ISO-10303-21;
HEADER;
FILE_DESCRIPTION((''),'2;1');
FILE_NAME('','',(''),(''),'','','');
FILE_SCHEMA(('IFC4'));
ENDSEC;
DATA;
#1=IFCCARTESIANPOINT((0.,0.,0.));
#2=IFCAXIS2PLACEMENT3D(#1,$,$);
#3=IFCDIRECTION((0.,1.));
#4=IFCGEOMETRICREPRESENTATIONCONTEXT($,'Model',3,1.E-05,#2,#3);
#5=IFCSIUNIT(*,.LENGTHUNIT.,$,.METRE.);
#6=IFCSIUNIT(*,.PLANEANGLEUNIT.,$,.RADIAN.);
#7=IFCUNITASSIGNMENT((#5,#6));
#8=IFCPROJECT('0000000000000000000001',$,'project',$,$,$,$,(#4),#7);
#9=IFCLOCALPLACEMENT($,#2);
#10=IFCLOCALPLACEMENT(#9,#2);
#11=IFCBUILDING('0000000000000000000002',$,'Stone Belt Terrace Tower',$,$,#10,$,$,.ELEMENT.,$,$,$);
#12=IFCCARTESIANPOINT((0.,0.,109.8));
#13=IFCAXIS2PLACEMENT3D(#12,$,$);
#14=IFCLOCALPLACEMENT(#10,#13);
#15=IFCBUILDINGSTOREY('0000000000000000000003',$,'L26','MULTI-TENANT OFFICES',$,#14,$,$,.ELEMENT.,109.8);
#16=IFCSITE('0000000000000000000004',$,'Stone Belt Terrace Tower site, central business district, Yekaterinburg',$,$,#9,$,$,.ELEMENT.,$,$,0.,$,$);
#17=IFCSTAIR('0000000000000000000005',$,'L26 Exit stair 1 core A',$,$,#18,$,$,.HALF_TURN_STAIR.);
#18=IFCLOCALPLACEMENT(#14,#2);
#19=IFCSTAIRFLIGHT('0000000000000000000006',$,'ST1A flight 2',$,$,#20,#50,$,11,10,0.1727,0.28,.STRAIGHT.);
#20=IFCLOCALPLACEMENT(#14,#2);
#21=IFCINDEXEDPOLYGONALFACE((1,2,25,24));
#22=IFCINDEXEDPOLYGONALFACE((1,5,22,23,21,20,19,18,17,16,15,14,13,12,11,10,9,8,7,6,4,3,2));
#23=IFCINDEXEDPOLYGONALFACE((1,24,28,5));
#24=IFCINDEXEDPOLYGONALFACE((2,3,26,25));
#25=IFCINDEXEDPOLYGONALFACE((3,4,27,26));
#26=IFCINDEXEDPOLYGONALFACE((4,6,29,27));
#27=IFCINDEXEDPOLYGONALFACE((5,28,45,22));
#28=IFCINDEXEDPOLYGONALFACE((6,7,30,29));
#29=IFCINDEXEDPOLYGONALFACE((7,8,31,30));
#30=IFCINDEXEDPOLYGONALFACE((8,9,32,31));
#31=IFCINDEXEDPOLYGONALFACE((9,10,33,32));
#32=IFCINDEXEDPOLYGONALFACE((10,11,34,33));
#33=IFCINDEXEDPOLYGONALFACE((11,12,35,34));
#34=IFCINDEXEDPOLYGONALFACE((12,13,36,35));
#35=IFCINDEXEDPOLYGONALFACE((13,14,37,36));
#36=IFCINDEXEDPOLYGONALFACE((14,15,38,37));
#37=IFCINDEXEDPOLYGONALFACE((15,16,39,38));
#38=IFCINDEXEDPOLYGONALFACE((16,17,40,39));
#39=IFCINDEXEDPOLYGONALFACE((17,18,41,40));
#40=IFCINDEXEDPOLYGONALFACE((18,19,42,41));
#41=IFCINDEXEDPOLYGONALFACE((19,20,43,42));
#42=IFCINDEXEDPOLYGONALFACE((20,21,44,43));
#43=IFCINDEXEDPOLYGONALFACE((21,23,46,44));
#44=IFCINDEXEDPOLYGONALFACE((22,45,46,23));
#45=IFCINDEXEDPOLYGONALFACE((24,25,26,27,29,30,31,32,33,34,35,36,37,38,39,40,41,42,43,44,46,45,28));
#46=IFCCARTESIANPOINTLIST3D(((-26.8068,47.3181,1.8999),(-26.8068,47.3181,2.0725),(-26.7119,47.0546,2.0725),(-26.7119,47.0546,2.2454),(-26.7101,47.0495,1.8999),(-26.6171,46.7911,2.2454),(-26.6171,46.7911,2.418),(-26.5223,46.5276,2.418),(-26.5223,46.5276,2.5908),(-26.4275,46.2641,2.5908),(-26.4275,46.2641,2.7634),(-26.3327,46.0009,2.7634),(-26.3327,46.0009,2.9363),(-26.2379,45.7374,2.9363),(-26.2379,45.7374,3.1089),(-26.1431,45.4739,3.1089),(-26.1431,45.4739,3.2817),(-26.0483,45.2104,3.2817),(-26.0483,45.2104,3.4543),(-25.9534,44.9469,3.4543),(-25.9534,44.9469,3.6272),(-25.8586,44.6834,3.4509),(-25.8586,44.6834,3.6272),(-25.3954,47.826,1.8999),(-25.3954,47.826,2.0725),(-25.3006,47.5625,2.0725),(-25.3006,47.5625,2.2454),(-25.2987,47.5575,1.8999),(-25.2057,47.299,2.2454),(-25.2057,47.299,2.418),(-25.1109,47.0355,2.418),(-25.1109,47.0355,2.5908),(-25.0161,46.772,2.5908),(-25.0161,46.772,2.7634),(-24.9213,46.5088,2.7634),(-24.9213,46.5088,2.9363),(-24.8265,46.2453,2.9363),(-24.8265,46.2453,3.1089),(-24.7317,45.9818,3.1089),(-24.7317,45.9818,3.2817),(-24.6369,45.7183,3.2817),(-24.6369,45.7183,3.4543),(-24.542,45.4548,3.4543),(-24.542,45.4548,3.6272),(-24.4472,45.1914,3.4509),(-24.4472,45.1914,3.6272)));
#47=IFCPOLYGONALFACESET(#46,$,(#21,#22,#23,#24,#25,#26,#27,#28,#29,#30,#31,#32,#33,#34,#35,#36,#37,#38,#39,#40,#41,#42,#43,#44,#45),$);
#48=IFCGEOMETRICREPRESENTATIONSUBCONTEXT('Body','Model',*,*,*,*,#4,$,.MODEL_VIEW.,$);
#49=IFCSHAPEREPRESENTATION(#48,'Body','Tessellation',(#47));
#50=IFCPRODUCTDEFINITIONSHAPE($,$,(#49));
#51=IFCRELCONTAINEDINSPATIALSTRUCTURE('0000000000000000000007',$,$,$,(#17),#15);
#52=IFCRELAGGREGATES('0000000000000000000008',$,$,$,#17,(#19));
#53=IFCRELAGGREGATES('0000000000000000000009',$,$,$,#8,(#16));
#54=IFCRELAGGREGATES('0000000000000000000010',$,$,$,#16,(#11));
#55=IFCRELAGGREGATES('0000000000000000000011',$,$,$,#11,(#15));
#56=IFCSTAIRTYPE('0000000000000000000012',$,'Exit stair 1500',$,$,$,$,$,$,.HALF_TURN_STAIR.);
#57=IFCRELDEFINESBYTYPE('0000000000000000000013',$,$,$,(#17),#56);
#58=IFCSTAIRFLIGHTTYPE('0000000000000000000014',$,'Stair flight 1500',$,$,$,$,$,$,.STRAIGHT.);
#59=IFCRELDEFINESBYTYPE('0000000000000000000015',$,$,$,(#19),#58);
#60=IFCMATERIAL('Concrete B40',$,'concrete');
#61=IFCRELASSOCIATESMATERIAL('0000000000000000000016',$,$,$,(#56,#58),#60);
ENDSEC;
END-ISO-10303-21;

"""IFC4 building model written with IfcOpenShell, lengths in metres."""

from ifc_helpers import new_model, si_unit, direction, frame, origin, place, context, subcontext, project, spatial, polyline, outline, extrude, material, type_object, element, aggregate, save


model = new_model("IFC4")

# Units and contexts
model_context = context("Model", 3, precision=1e-05, world=origin(), true_north=direction((0.0, 1.0)))
body_context = subcontext(model_context, "Body", "Model", "MODEL_VIEW")
ifc_project = project(units=[si_unit("LENGTHUNIT", "METRE"), si_unit("PLANEANGLEUNIT", "RADIAN")], contexts=[model_context])

# Site, building, storey
site_placement = place(None, origin())
site = spatial("IfcSite", under=ifc_project, at=site_placement, Name="Stone Belt Terrace Tower site, central business district, Yekaterinburg", CompositionType="ELEMENT", RefElevation=0.0)
building_placement = place(site_placement, origin())
building = spatial("IfcBuilding", under=site, at=building_placement, Name="Stone Belt Terrace Tower", CompositionType="ELEMENT")
storey_placement = place(building_placement, frame((0.0, 0.0, 109.8)))
storey = spatial("IfcBuildingStorey", under=building, at=storey_placement, Name="L26", Description="MULTI-TENANT OFFICES", CompositionType="ELEMENT", Elevation=109.8)

# Stair, stair flight
ifc_material_1 = material(Name="Concrete B40", Category="concrete")
stair_type = type_object("IfcStairType", Name="Exit stair 1500", PredefinedType="HALF_TURN_STAIR", material=ifc_material_1)
stair_placement = place(storey_placement, origin())
stair = element("IfcStair", 1, at=stair_placement, inside=storey, type_object=stair_type, Name="L26 Exit stair 1 core A", PredefinedType="HALF_TURN_STAIR")
stair_flight_type = type_object("IfcStairFlightType", Name="Stair flight 1500", PredefinedType="STRAIGHT", material=ifc_material_1)
stair_flight_1_placement = place(storey_placement, frame((-26.1011, 47.572, 1.8999), z_axis=(0.0, 0.0, 1.0), x_axis=(0.338624, -0.940922, 0.0)))
stair_flight_1 = element("IfcStairFlight", 2, at=stair_flight_1_placement, type_object=stair_flight_type, Name="ST1A flight 2", NumberOfRisers=11, NumberOfTreads=10, PredefinedType="STRAIGHT", RiserHeight=0.1727, TreadLength=0.28, context=body_context, shape_type="SweptSolid", body=[
    extrude(outline(polyline([(0.0, 0.0), (0.0, 0.1726), (0.28, 0.1726), (0.28, 0.3455), (0.5601, 0.3455), (0.5601, 0.5181), (0.8401, 0.5181), (0.8401, 0.6909), (1.1201, 0.6909), (1.1201, 0.8635), (1.3999, 0.8635), (1.3999, 1.0364), (1.6799, 1.0364), (1.6799, 1.209), (1.96, 1.209), (1.96, 1.3818), (2.24, 1.3818), (2.24, 1.5544), (2.52, 1.5544), (2.52, 1.7273), (2.8, 1.7273), (2.8, 1.8999), (2.8, 1.551), (0.2854, 0.0), (0.0, 0.0)])), frame((0.0, 0.75, 0.0), z_axis=(0.0, -1.0, 0.0), x_axis=(1.0, 0.0, 0.0)), (0.0, 0.0, 1.0), 1.5),
])
aggregate(stair, [stair_flight_1])

save(model, "model.ifc")
